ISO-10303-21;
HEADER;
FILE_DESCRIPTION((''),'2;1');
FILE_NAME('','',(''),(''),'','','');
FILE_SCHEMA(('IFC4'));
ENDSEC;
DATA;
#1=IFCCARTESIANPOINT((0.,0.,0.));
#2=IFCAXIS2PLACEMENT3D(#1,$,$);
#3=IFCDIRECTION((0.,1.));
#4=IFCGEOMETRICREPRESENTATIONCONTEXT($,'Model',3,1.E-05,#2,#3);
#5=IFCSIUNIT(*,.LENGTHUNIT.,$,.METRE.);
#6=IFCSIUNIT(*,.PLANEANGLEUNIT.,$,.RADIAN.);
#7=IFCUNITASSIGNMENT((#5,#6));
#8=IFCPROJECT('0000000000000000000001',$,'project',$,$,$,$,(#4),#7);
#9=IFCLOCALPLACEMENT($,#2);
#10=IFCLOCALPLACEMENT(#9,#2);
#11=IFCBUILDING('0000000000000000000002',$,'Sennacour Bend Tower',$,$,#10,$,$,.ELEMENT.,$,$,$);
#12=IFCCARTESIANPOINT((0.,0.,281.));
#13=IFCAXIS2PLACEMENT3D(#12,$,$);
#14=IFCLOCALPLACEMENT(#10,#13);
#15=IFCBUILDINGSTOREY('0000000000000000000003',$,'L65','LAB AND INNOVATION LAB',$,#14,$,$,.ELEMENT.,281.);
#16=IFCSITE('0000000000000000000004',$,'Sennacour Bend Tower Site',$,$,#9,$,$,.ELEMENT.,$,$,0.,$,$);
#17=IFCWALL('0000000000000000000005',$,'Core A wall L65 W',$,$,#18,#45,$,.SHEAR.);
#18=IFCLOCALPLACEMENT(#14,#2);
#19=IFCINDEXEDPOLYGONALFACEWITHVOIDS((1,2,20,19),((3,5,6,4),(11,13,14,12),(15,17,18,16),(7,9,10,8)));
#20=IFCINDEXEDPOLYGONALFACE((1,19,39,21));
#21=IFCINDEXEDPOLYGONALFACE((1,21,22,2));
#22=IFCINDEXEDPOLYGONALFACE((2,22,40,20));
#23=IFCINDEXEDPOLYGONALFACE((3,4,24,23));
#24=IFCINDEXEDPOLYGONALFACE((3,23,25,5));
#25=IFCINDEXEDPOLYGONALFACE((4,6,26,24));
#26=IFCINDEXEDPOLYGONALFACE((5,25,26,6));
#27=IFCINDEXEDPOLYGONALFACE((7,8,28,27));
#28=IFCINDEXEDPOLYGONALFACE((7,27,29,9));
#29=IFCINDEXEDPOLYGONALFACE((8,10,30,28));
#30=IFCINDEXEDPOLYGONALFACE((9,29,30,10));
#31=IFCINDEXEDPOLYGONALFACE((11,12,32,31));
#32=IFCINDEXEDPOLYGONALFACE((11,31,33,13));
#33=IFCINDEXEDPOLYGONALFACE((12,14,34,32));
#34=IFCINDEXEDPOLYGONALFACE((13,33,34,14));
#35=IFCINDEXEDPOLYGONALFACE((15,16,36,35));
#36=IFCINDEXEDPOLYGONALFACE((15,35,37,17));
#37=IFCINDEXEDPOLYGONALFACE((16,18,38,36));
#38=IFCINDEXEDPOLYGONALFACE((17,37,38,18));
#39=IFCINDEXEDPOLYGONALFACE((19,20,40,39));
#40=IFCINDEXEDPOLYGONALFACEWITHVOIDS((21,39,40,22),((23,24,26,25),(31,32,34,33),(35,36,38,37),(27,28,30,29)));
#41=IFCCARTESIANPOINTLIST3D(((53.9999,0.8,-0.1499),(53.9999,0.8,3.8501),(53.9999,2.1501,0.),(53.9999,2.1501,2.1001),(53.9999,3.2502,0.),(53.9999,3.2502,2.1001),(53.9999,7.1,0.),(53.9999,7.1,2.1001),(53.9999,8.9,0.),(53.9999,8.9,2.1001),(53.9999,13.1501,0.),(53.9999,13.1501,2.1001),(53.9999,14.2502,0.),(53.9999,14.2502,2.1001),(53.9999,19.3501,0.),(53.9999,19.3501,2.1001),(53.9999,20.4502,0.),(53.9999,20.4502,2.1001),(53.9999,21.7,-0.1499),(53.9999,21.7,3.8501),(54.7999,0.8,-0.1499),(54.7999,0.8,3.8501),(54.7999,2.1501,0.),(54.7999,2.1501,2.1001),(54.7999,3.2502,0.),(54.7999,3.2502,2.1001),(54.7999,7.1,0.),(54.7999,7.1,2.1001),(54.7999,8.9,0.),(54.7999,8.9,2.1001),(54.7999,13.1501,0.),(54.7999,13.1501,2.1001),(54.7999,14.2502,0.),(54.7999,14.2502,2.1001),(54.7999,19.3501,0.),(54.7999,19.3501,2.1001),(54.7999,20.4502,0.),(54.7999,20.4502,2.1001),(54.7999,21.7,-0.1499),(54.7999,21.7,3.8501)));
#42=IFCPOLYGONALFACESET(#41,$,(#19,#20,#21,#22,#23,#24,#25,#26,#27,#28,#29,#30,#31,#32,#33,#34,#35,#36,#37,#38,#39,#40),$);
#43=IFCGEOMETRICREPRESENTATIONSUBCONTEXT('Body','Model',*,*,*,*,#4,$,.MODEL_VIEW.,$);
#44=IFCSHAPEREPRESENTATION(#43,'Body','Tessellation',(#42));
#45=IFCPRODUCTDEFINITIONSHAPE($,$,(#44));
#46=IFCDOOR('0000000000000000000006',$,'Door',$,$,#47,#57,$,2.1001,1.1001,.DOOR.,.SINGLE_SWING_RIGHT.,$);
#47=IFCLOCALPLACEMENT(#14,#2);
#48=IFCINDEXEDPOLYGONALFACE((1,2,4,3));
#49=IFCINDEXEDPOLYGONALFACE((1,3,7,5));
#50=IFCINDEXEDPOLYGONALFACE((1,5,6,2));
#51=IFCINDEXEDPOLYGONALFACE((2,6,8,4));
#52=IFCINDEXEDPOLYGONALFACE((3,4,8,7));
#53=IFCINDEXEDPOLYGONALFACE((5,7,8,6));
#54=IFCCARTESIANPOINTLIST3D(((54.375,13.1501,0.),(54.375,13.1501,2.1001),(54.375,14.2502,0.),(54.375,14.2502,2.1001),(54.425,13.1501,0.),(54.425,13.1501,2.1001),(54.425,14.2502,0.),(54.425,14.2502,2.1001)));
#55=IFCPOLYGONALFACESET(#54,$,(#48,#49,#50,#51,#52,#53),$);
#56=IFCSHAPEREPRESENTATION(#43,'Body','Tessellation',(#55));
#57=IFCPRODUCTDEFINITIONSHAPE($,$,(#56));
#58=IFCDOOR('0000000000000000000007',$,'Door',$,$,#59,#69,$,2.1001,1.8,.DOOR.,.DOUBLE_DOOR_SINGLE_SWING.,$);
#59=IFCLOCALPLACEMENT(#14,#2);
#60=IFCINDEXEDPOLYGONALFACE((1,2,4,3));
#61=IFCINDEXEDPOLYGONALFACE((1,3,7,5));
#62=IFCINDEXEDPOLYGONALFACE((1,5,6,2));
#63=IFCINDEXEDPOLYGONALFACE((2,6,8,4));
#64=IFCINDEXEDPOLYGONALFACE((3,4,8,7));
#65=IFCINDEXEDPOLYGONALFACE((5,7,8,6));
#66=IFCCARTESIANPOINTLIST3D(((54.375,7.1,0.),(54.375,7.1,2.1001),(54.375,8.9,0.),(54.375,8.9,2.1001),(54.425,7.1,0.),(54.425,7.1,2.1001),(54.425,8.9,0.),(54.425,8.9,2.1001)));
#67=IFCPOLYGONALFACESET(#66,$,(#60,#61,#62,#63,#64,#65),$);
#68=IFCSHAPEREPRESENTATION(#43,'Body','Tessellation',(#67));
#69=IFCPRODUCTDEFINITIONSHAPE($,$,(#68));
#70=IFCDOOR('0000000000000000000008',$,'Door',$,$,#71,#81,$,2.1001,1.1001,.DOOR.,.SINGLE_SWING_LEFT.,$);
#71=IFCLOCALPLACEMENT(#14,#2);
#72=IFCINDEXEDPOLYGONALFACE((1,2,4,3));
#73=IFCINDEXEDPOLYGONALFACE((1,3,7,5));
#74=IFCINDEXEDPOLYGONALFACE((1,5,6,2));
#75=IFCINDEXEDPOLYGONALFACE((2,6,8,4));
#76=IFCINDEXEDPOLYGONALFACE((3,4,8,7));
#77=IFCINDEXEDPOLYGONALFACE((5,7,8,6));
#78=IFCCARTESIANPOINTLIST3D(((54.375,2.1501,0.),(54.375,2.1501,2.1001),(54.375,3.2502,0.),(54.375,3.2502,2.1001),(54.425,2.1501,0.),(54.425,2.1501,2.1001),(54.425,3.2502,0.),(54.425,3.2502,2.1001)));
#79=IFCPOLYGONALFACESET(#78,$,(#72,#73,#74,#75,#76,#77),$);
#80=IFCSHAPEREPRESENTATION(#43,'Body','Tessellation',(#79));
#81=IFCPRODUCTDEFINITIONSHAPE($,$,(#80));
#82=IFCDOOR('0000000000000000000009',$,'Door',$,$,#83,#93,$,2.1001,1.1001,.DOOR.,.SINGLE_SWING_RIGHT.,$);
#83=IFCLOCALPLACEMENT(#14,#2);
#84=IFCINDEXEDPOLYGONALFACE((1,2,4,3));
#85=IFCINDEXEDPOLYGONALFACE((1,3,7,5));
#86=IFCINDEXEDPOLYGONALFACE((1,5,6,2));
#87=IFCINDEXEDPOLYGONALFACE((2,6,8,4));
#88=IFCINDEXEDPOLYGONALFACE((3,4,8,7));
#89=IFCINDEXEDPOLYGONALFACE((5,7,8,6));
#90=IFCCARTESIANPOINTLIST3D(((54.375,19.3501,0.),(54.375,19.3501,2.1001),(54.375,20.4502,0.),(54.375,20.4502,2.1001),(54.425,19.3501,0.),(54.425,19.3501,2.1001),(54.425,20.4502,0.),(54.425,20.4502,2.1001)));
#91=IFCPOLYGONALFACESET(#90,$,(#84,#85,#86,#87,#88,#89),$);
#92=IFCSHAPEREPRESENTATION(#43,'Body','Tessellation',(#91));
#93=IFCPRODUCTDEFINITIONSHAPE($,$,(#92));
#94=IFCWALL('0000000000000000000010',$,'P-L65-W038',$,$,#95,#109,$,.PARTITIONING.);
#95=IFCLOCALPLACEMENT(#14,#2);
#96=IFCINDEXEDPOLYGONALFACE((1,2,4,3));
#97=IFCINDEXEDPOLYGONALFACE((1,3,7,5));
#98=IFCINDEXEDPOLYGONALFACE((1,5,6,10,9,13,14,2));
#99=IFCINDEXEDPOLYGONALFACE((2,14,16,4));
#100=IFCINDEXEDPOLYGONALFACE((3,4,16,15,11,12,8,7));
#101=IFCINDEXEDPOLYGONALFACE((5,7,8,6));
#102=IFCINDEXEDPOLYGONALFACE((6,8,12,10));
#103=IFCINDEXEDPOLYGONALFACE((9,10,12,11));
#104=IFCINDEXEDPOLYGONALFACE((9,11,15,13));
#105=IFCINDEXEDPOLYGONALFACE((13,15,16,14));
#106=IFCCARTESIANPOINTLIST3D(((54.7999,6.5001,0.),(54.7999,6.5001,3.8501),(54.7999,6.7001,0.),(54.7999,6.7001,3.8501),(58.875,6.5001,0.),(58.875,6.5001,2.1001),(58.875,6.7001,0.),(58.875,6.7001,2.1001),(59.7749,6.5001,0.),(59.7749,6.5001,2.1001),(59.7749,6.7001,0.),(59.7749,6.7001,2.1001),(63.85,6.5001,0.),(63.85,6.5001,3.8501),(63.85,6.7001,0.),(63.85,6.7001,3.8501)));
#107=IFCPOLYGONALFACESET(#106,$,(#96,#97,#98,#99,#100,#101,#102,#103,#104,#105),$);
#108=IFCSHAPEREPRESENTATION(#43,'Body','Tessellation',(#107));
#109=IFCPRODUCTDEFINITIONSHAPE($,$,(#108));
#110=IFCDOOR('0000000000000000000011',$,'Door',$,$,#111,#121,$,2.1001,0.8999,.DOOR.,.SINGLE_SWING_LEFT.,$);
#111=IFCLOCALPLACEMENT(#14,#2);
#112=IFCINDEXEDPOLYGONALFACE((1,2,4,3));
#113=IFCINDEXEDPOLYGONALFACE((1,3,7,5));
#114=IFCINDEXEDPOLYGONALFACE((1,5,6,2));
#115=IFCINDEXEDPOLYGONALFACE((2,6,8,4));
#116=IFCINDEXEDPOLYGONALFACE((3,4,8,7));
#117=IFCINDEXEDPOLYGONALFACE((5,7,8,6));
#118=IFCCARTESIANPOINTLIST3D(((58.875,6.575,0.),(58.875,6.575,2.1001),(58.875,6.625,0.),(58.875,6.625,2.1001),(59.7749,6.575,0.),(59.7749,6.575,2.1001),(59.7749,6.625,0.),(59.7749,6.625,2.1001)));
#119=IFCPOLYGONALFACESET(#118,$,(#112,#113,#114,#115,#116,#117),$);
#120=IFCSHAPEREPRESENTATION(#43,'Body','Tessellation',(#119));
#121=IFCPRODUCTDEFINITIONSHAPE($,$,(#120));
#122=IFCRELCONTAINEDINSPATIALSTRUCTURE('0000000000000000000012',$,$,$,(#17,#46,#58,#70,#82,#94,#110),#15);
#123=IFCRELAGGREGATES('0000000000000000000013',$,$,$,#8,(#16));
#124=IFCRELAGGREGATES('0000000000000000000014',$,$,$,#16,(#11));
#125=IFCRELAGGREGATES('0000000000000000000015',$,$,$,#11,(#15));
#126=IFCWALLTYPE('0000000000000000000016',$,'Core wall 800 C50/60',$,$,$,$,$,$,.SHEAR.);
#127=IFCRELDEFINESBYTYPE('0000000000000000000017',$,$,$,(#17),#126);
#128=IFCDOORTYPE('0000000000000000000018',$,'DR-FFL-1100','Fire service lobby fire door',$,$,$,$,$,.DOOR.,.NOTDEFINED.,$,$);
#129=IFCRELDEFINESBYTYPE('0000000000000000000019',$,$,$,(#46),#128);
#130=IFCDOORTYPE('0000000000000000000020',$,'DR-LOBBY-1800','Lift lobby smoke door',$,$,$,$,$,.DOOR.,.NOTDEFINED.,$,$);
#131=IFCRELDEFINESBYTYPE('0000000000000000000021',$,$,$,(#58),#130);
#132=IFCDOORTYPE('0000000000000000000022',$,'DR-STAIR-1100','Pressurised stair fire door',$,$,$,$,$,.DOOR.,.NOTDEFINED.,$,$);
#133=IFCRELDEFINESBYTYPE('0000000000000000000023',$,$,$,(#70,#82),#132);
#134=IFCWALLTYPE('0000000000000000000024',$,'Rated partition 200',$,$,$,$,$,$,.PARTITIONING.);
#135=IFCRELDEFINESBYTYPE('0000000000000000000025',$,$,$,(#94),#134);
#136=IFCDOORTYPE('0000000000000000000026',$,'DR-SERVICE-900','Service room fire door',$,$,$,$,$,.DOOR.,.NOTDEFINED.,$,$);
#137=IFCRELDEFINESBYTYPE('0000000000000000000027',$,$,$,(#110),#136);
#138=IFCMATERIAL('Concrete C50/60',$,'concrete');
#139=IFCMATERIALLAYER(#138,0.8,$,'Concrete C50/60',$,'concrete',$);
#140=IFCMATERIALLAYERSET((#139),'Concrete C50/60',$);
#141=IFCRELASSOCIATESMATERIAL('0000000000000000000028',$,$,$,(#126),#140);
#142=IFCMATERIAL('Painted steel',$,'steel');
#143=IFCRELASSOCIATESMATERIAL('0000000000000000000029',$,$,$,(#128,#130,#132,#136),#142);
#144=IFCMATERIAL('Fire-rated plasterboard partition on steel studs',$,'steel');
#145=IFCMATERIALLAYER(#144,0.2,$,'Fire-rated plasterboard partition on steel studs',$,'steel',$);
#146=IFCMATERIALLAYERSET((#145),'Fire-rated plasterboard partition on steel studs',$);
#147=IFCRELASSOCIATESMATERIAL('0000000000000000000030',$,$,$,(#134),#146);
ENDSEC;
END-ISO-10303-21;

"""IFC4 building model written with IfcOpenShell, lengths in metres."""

from ifc_helpers import new_model, si_unit, direction, frame, frame_2d, origin, place, context, subcontext, project, spatial, rectangle, extrude, material, layer, layer_set, type_object, element, fill, save


model = new_model("IFC4")

# Units and contexts
model_context = context("Model", 3, precision=1e-05, world=origin(), true_north=direction((0.0, 1.0)))
body_context = subcontext(model_context, "Body", "Model", "MODEL_VIEW")
ifc_project = project(units=[si_unit("LENGTHUNIT", "METRE"), si_unit("PLANEANGLEUNIT", "RADIAN")], contexts=[model_context])

# Site, building, storey
site_placement = place(None, origin())
site = spatial("IfcSite", under=ifc_project, at=site_placement, Name="Sennacour Bend Tower Site", CompositionType="ELEMENT", RefElevation=0.0)
building_placement = place(site_placement, origin())
building = spatial("IfcBuilding", under=site, at=building_placement, Name="Sennacour Bend Tower", CompositionType="ELEMENT")
storey_placement = place(building_placement, frame((0.0, 0.0, 281.0)))
storey = spatial("IfcBuildingStorey", under=building, at=storey_placement, Name="L65", Description="LAB AND INNOVATION LAB", CompositionType="ELEMENT", Elevation=281.0)

# Wall, openings, doors
ifc_material_1 = material(Name="Concrete C50/60", Category="concrete")
ifc_layer_1 = layer(ifc_material_1, 0.8, Name="Concrete C50/60", Category="concrete")
ifc_layer_set_1 = layer_set([ifc_layer_1], Name="Concrete C50/60")
wall_type_1 = type_object("IfcWallType", Name="Core wall 800 C50/60", PredefinedType="SHEAR", material=ifc_layer_set_1)
wall_1_placement = place(storey_placement, frame((54.3999, 0.8, -0.1499), z_axis=(0.0, 0.0, 1.0), x_axis=(0.0, 1.0, 0.0)))
wall_1 = element("IfcWall", 1, at=wall_1_placement, inside=storey, type_object=wall_type_1, Name="Core A wall L65 W", PredefinedType="SHEAR", context=body_context, shape_type="SweptSolid", body=[
    extrude(rectangle(XDim=20.8999, YDim=0.8, at=frame_2d((10.45, 0.0))), origin(), (0.0, 0.0, 1.0), 4.0),
])
opening_1_placement = place(wall_1_placement, frame((6.3, 0.0, 0.1499)))
opening_1 = element("IfcOpeningElement", 2, at=opening_1_placement, cuts=wall_1, PredefinedType="OPENING", context=body_context, shape_type="SweptSolid", body=[
    extrude(rectangle(XDim=1.8, YDim=2.1001, at=frame_2d((0.8999, 1.05))), frame((0.0, 0.4102, 0.0), z_axis=(0.0, -1.0, 0.0), x_axis=(1.0, 0.0, 0.0)), (0.0, 0.0, 1.0), 0.8201),
])
opening_2_placement = place(wall_1_placement, frame((12.3501, 0.0, 0.1499)))
opening_2 = element("IfcOpeningElement", 3, at=opening_2_placement, cuts=wall_1, PredefinedType="OPENING", context=body_context, shape_type="SweptSolid", body=[
    extrude(rectangle(XDim=1.1001, YDim=2.1001, at=frame_2d((0.55, 1.05))), frame((0.0, 0.4102, 0.0), z_axis=(0.0, -1.0, 0.0), x_axis=(1.0, 0.0, 0.0)), (0.0, 0.0, 1.0), 0.8201),
])
opening_3_placement = place(wall_1_placement, frame((1.3501, 0.0, 0.1499)))
opening_3 = element("IfcOpeningElement", 4, at=opening_3_placement, cuts=wall_1, PredefinedType="OPENING", context=body_context, shape_type="SweptSolid", body=[
    extrude(rectangle(XDim=1.1001, YDim=2.1001, at=frame_2d((0.55, 1.05))), frame((0.0, 0.4102, 0.0), z_axis=(0.0, -1.0, 0.0), x_axis=(1.0, 0.0, 0.0)), (0.0, 0.0, 1.0), 0.8201),
])
opening_4_placement = place(wall_1_placement, frame((18.55, 0.0, 0.1499)))
opening_4 = element("IfcOpeningElement", 5, at=opening_4_placement, cuts=wall_1, PredefinedType="OPENING", context=body_context, shape_type="SweptSolid", body=[
    extrude(rectangle(XDim=1.1001, YDim=2.1001, at=frame_2d((0.55, 1.05))), frame((0.0, 0.4102, 0.0), z_axis=(0.0, -1.0, 0.0), x_axis=(1.0, 0.0, 0.0)), (0.0, 0.0, 1.0), 0.8201),
])
ifc_material_2 = material(Name="Painted steel", Category="steel")
door_type_1 = type_object("IfcDoorType", Name="DR-FFL-1100", Description="Fire service lobby fire door", OperationType="NOTDEFINED", PredefinedType="DOOR", material=ifc_material_2)
door_1_placement = place(opening_2_placement, origin())
door_1 = element("IfcDoor", 6, at=door_1_placement, inside=storey, type_object=door_type_1, Name="Door", OperationType="SINGLE_SWING_RIGHT", OverallHeight=2.1001, OverallWidth=1.1001, PredefinedType="DOOR", context=body_context, shape_type="SweptSolid", body=[
    extrude(rectangle(XDim=1.1001, YDim=2.1001, at=frame_2d((0.55, 1.05))), frame((0.0, 0.0249, 0.0), z_axis=(0.0, -1.0, 0.0), x_axis=(1.0, 0.0, 0.0)), (0.0, 0.0, 1.0), 0.05),
])
fill(opening_2, door_1)
door_type_2 = type_object("IfcDoorType", Name="DR-LOBBY-1800", Description="Lift lobby smoke door", OperationType="NOTDEFINED", PredefinedType="DOOR", material=ifc_material_2)
door_2_placement = place(opening_1_placement, origin())
door_2 = element("IfcDoor", 7, at=door_2_placement, inside=storey, type_object=door_type_2, Name="Door", OperationType="DOUBLE_DOOR_SINGLE_SWING", OverallHeight=2.1001, OverallWidth=1.8, PredefinedType="DOOR", context=body_context, shape_type="SweptSolid", body=[
    extrude(rectangle(XDim=1.8, YDim=2.1001, at=frame_2d((0.8999, 1.05))), frame((0.0, 0.0249, 0.0), z_axis=(0.0, -1.0, 0.0), x_axis=(1.0, 0.0, 0.0)), (0.0, 0.0, 1.0), 0.05),
])
fill(opening_1, door_2)
door_type_3 = type_object("IfcDoorType", Name="DR-STAIR-1100", Description="Pressurised stair fire door", OperationType="NOTDEFINED", PredefinedType="DOOR", material=ifc_material_2)
door_3_placement = place(opening_3_placement, origin())
door_3 = element("IfcDoor", 8, at=door_3_placement, inside=storey, type_object=door_type_3, Name="Door", OperationType="SINGLE_SWING_LEFT", OverallHeight=2.1001, OverallWidth=1.1001, PredefinedType="DOOR", context=body_context, shape_type="SweptSolid", body=[
    extrude(rectangle(XDim=1.1001, YDim=2.1001, at=frame_2d((0.55, 1.05))), frame((0.0, 0.0249, 0.0), z_axis=(0.0, -1.0, 0.0), x_axis=(1.0, 0.0, 0.0)), (0.0, 0.0, 1.0), 0.05),
])
fill(opening_3, door_3)
door_4_placement = place(opening_4_placement, origin())
door_4 = element("IfcDoor", 9, at=door_4_placement, inside=storey, type_object=door_type_3, Name="Door", OperationType="SINGLE_SWING_RIGHT", OverallHeight=2.1001, OverallWidth=1.1001, PredefinedType="DOOR", context=body_context, shape_type="SweptSolid", body=[
    extrude(rectangle(XDim=1.1001, YDim=2.1001, at=frame_2d((0.55, 1.05))), frame((0.0, 0.0249, 0.0), z_axis=(0.0, -1.0, 0.0), x_axis=(1.0, 0.0, 0.0)), (0.0, 0.0, 1.0), 0.05),
])
fill(opening_4, door_4)

# Wall, opening, door
ifc_material_3 = material(Name="Fire-rated plasterboard partition on steel studs", Category="steel")
ifc_layer_2 = layer(ifc_material_3, 0.2, Name="Fire-rated plasterboard partition on steel studs", Category="steel")
ifc_layer_set_2 = layer_set([ifc_layer_2], Name="Fire-rated plasterboard partition on steel studs")
wall_type_2 = type_object("IfcWallType", Name="Rated partition 200", PredefinedType="PARTITIONING", material=ifc_layer_set_2)
wall_2_placement = place(storey_placement, frame((54.8, 6.6001, 0.0), z_axis=(0.0, 0.0, 1.0), x_axis=(1.0, 0.0, 0.0)))
wall_2 = element("IfcWall", 10, at=wall_2_placement, inside=storey, type_object=wall_type_2, Name="P-L65-W038", PredefinedType="PARTITIONING", context=body_context, shape_type="SweptSolid", body=[
    extrude(rectangle(XDim=9.05, YDim=0.2, at=frame_2d((4.5249, 0.0))), origin(), (0.0, 0.0, 1.0), 3.8501),
])
opening_5_placement = place(wall_2_placement, frame((4.075, 0.0, 0.0)))
opening_5 = element("IfcOpeningElement", 11, at=opening_5_placement, cuts=wall_2, PredefinedType="OPENING", context=body_context, shape_type="SweptSolid", body=[
    extrude(rectangle(XDim=0.8999, YDim=2.1001, at=frame_2d((0.45, 1.05))), frame((0.0, 0.1099, 0.0), z_axis=(0.0, -1.0, 0.0), x_axis=(1.0, 0.0, 0.0)), (0.0, 0.0, 1.0), 0.22),
])
door_type_4 = type_object("IfcDoorType", Name="DR-SERVICE-900", Description="Service room fire door", OperationType="NOTDEFINED", PredefinedType="DOOR", material=ifc_material_2)
door_5_placement = place(opening_5_placement, origin())
door_5 = element("IfcDoor", 12, at=door_5_placement, inside=storey, type_object=door_type_4, Name="Door", OperationType="SINGLE_SWING_LEFT", OverallHeight=2.1001, OverallWidth=0.8999, PredefinedType="DOOR", context=body_context, shape_type="SweptSolid", body=[
    extrude(rectangle(XDim=0.8999, YDim=2.1001, at=frame_2d((0.45, 1.05))), frame((0.0, 0.0249, 0.0), z_axis=(0.0, -1.0, 0.0), x_axis=(1.0, 0.0, 0.0)), (0.0, 0.0, 1.0), 0.05),
])
fill(opening_5, door_5)

save(model, "model.ifc")
